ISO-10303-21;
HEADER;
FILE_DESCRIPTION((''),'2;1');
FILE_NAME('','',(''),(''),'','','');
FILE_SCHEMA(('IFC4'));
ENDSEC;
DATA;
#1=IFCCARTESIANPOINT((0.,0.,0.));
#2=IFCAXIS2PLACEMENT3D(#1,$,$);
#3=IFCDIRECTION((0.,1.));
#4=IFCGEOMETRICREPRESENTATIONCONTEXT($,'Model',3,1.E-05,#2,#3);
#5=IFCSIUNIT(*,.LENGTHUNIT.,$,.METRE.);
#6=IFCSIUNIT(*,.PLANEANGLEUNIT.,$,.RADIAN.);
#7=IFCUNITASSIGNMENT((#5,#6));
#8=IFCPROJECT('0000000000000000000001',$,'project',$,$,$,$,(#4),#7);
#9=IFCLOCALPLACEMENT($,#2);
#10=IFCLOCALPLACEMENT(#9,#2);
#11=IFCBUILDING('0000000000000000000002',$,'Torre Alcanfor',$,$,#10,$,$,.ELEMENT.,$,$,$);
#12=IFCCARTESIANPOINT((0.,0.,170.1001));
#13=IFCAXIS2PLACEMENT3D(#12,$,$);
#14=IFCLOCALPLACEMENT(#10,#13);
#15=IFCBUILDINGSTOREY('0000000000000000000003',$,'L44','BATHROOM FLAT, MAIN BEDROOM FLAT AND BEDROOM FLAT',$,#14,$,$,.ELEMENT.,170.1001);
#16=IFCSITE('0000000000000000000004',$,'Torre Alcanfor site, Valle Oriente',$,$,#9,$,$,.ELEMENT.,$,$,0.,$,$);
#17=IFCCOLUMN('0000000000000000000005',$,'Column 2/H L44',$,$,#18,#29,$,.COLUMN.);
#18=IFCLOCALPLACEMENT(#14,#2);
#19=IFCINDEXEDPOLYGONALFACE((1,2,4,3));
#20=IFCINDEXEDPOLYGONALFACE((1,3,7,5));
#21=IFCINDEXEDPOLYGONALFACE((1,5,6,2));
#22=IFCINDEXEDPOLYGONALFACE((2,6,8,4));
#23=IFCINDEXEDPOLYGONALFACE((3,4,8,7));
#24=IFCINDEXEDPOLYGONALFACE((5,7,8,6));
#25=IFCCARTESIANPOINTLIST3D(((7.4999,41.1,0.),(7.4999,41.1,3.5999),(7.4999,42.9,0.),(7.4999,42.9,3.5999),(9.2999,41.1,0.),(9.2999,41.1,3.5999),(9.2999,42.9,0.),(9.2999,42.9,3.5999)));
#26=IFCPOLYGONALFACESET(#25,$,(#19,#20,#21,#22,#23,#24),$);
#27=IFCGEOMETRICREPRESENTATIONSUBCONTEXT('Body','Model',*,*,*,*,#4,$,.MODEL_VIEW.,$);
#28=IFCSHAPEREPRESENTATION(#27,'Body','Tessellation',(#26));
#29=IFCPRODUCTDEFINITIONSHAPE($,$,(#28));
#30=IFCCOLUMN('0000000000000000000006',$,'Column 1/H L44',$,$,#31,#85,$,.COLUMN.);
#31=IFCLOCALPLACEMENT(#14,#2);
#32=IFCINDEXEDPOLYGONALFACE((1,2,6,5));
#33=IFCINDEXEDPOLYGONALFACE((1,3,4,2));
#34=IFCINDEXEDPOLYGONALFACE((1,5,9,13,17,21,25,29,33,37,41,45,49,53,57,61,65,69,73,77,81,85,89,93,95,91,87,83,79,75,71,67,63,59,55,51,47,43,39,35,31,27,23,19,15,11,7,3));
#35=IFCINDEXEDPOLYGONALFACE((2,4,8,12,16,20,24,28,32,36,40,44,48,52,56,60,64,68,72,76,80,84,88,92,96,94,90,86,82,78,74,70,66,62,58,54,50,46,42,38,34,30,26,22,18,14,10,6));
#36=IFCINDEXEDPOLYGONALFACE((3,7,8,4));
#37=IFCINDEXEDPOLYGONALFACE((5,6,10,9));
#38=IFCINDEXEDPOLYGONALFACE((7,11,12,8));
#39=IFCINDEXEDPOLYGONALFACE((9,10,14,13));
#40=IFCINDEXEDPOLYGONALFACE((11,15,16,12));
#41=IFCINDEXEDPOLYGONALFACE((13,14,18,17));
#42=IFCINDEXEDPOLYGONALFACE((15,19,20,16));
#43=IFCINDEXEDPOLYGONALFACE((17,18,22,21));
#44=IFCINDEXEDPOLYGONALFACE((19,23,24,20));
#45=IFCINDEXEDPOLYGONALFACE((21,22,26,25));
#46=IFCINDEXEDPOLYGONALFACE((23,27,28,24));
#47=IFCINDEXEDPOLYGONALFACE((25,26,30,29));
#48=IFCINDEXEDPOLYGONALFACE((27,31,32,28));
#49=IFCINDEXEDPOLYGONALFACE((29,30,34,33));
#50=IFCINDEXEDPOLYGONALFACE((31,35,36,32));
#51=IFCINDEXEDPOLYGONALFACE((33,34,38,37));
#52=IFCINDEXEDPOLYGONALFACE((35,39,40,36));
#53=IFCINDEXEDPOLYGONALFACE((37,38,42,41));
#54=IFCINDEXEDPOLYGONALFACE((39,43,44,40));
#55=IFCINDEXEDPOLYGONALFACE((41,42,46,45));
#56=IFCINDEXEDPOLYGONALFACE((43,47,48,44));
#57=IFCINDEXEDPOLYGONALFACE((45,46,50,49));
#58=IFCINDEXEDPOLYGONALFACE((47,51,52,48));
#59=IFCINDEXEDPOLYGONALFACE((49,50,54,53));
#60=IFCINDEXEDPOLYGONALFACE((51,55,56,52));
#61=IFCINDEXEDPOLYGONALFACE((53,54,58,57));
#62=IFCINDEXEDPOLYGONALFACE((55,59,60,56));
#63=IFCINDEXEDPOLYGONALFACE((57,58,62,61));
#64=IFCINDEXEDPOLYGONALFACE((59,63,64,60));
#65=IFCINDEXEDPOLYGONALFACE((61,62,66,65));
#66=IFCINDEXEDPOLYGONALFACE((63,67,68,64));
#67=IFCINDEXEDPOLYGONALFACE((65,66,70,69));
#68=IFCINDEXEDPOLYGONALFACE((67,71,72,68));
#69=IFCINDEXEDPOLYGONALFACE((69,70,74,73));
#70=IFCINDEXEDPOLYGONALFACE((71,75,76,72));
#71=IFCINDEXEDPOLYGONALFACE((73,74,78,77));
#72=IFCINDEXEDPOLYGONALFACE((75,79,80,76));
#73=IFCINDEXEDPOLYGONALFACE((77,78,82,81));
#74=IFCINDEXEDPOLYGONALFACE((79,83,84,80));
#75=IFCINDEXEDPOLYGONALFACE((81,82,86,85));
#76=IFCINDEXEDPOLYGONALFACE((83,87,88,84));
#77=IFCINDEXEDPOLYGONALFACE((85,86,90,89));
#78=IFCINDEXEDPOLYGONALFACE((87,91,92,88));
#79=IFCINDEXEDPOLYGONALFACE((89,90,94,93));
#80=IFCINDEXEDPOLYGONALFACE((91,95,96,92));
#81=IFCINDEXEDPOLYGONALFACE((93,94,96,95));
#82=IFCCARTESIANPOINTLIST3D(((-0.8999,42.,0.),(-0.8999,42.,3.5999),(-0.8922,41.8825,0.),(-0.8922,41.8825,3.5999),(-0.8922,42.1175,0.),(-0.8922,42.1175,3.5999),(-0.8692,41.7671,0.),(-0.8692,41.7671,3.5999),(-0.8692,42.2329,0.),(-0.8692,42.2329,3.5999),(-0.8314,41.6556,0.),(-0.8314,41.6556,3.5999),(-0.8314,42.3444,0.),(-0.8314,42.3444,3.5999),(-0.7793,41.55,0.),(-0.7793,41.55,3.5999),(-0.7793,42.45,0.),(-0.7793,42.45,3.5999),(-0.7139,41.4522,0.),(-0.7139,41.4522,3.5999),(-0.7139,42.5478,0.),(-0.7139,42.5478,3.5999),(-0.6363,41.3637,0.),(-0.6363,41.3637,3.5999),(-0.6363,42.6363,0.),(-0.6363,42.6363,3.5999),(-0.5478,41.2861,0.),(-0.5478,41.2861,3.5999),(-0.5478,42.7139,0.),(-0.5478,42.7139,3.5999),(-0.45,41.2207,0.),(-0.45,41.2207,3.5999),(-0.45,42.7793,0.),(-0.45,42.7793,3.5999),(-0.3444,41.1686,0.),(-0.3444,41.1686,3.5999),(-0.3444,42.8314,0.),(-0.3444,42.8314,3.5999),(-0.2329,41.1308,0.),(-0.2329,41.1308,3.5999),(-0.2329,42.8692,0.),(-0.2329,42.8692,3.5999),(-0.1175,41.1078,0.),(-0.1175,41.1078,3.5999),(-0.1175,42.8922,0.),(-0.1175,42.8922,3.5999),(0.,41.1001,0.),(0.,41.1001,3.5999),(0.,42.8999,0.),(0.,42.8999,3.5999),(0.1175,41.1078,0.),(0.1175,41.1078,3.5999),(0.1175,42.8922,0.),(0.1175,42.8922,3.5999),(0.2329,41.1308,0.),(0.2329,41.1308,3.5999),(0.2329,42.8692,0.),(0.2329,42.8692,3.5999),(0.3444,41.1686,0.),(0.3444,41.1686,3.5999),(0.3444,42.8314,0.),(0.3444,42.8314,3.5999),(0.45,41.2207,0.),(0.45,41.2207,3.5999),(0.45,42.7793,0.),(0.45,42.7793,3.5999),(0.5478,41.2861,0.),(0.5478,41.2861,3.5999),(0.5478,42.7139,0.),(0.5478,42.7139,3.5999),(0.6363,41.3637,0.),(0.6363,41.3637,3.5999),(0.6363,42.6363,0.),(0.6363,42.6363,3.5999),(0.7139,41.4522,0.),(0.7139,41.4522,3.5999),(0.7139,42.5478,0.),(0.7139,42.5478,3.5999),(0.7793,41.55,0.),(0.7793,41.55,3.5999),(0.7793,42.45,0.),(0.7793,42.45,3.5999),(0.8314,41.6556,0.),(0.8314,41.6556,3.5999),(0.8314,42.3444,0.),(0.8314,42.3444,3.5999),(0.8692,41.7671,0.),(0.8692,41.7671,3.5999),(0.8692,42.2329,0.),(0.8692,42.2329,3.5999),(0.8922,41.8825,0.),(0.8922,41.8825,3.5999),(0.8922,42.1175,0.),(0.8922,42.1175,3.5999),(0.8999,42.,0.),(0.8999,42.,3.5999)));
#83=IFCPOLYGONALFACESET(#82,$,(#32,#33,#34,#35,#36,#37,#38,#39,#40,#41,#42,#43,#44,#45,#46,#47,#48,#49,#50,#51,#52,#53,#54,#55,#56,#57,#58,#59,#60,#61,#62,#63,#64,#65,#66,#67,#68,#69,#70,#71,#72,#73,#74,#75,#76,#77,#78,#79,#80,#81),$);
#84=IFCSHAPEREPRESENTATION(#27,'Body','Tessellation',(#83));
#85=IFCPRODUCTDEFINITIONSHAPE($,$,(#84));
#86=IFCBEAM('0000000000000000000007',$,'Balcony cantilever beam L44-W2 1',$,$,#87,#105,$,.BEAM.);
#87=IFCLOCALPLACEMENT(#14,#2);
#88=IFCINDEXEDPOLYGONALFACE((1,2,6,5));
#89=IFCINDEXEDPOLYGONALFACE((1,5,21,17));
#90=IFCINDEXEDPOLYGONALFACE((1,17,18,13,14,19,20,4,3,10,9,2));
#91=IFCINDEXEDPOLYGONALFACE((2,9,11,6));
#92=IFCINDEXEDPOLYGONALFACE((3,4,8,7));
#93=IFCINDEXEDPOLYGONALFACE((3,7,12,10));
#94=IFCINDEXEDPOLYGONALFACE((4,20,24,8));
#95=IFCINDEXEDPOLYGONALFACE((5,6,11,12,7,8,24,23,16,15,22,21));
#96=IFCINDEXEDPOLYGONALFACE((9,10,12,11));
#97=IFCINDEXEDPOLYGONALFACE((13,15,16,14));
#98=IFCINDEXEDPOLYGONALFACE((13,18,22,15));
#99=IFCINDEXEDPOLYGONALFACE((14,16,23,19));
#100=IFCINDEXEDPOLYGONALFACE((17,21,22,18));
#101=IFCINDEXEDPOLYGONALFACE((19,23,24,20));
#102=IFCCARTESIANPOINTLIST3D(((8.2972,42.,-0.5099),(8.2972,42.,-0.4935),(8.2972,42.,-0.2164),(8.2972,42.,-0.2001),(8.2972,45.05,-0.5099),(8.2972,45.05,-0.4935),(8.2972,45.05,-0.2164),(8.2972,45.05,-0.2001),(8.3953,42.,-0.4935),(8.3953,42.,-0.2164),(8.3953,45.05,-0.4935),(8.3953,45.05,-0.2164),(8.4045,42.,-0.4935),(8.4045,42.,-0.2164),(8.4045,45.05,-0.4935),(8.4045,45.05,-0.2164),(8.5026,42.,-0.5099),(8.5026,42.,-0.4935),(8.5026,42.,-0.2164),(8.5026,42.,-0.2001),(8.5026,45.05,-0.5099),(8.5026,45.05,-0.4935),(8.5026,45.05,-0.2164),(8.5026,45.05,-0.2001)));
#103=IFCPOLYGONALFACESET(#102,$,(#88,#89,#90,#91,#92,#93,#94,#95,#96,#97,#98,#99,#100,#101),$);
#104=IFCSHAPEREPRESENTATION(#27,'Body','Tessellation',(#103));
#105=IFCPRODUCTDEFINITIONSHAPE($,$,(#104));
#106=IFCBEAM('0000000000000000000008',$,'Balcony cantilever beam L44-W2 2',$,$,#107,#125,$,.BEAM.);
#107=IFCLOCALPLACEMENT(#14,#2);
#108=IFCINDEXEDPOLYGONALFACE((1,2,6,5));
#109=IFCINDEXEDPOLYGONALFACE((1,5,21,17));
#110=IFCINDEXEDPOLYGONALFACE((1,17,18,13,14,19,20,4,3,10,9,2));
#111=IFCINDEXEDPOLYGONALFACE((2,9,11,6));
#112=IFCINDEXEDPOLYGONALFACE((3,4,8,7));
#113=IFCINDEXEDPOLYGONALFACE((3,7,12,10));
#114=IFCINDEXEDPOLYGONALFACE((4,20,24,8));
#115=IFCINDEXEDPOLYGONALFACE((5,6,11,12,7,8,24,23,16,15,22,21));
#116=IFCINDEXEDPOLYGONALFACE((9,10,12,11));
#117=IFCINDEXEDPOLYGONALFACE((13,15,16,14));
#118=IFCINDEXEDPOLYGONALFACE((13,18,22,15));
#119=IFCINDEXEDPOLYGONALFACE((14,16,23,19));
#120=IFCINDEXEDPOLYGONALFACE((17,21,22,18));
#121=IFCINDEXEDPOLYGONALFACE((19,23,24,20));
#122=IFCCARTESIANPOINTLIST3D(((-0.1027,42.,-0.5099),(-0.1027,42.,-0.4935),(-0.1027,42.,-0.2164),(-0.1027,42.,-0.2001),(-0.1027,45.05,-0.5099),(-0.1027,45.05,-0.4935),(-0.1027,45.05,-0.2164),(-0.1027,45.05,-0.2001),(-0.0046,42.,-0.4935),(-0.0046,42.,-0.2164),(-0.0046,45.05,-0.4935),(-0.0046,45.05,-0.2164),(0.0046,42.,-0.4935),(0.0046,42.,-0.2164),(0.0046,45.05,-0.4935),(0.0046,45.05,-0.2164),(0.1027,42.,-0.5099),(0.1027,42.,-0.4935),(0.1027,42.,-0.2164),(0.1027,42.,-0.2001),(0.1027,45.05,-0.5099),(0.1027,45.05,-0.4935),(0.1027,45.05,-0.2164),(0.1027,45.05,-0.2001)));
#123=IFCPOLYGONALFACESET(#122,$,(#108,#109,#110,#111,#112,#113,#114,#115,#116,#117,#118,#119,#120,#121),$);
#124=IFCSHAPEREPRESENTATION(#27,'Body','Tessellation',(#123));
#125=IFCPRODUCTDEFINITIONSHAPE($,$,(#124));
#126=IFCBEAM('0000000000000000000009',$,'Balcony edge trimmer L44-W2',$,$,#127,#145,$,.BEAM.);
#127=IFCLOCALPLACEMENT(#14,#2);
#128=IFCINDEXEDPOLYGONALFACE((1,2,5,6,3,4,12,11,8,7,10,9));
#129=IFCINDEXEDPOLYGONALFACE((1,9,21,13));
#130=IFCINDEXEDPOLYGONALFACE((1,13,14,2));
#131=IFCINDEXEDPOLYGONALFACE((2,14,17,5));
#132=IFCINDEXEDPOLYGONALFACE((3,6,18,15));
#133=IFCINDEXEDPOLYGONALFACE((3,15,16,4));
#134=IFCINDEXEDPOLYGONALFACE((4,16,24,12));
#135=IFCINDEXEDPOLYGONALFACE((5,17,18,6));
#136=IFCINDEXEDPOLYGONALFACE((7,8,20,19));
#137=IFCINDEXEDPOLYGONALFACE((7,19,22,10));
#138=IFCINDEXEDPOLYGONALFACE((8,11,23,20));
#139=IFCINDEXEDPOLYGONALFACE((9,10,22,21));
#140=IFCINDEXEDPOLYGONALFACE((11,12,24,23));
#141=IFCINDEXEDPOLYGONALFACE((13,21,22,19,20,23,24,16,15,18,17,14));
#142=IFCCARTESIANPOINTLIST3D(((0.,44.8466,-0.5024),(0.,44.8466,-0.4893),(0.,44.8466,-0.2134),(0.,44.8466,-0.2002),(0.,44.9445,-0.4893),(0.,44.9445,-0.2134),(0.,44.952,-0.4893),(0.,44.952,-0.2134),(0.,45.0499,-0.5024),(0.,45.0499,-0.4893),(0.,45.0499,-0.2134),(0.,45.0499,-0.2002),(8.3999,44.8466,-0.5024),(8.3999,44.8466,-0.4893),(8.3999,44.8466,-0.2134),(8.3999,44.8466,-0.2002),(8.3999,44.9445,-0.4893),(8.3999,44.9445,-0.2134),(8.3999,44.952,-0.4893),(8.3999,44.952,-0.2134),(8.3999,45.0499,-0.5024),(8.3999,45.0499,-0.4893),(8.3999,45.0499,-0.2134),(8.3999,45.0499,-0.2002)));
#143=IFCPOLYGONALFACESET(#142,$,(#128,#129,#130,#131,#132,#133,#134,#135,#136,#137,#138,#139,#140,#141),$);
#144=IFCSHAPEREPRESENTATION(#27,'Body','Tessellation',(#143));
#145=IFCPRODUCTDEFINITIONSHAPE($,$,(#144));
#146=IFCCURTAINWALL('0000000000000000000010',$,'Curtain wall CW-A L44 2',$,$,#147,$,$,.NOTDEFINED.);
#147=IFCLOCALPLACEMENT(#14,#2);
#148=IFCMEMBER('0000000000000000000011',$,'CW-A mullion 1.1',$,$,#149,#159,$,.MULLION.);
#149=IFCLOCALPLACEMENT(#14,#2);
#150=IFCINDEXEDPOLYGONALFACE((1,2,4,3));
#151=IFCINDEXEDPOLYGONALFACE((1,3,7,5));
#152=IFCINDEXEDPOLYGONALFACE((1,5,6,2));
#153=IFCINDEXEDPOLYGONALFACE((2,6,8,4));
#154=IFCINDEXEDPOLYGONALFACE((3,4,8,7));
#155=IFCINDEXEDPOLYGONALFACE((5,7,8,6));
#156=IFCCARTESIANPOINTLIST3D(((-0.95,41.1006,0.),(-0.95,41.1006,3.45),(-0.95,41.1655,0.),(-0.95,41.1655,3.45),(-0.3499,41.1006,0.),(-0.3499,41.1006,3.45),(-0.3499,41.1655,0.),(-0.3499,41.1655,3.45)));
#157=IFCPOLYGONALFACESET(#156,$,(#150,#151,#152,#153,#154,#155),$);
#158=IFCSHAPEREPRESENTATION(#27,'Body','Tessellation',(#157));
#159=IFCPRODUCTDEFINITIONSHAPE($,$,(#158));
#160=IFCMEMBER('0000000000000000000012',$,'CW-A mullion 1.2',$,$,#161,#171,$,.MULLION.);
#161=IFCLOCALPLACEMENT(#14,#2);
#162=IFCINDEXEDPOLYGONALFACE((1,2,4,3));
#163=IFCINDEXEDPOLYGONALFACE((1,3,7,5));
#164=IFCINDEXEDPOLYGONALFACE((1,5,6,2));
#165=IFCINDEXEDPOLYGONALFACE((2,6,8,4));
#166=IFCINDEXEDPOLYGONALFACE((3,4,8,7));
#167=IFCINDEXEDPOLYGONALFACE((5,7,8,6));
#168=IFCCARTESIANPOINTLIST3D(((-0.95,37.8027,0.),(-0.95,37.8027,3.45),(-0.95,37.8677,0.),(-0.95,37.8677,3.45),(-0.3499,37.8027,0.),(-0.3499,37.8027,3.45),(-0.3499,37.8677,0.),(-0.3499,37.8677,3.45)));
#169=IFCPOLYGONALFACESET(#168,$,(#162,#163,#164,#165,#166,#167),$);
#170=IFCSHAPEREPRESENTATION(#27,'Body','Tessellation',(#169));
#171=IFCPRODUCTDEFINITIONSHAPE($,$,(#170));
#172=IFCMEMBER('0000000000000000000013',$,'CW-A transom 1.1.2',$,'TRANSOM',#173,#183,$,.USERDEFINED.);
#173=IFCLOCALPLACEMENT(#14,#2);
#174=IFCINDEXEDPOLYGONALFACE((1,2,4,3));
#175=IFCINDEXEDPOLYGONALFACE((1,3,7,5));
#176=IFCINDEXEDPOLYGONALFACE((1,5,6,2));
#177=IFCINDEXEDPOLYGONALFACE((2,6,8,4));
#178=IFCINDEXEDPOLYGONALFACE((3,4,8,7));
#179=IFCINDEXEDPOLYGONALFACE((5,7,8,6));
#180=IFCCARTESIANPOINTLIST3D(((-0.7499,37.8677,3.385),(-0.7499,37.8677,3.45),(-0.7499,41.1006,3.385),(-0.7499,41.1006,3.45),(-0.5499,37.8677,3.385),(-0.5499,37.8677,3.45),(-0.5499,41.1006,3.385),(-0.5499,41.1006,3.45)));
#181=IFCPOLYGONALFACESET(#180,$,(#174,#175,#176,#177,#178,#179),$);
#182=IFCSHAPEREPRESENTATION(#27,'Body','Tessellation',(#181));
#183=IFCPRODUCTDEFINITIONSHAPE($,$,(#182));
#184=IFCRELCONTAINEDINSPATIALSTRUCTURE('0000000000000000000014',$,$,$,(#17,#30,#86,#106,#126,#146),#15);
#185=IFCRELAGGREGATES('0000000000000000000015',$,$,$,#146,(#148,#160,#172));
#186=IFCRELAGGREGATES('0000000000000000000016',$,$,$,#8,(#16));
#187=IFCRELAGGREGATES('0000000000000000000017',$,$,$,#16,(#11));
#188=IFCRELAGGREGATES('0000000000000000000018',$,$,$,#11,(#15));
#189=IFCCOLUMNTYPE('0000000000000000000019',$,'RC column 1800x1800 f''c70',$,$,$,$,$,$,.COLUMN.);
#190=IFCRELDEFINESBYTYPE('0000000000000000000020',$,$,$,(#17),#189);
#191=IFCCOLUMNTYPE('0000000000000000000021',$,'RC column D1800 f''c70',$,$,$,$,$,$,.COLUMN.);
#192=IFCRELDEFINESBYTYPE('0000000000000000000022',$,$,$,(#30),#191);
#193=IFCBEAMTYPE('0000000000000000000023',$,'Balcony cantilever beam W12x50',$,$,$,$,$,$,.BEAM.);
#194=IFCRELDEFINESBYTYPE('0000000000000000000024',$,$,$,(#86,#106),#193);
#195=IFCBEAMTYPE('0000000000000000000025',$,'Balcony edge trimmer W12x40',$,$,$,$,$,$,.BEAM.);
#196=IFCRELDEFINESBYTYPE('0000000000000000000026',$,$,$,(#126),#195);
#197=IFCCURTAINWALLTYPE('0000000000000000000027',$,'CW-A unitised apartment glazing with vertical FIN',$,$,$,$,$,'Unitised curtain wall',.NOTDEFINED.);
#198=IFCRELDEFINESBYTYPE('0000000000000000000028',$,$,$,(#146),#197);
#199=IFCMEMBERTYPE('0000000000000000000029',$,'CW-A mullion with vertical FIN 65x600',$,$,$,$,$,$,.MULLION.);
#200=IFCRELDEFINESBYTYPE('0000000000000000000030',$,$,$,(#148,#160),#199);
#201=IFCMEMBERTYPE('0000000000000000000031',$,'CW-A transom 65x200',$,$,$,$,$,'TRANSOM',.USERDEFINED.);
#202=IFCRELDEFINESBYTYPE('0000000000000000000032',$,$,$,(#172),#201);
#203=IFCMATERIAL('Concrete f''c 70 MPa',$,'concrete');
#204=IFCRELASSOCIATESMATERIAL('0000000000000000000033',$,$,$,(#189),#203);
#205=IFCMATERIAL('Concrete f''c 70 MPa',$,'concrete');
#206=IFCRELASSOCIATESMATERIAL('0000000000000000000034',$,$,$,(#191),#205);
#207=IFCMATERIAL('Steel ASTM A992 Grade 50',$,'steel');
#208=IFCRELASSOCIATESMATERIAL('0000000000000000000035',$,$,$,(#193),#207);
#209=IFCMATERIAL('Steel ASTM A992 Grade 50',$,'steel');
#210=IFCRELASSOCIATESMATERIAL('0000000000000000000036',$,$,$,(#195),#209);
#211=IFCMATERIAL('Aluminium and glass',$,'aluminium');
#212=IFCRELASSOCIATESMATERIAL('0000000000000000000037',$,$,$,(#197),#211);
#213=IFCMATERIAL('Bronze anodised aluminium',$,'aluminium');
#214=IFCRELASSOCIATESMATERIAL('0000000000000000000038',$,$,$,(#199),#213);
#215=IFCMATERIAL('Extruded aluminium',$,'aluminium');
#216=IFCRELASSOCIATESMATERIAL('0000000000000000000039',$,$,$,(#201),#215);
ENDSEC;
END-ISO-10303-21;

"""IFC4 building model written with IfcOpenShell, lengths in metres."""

from ifc_helpers import new_model, si_unit, direction, frame, origin, origin_2d, place, context, subcontext, project, spatial, rectangle, circle, i_section, extrude, material, material_profile, profile_set, type_object, element, aggregate, save


model = new_model("IFC4")

# Units and contexts
model_context = context("Model", 3, precision=1e-05, world=origin(), true_north=direction((0.0, 1.0)))
body_context = subcontext(model_context, "Body", "Model", "MODEL_VIEW")
ifc_project = project(units=[si_unit("LENGTHUNIT", "METRE"), si_unit("PLANEANGLEUNIT", "RADIAN")], contexts=[model_context])

# Site, building, storey
site_placement = place(None, origin())
site = spatial("IfcSite", under=ifc_project, at=site_placement, Name="Torre Alcanfor site, Valle Oriente", CompositionType="ELEMENT", RefElevation=0.0)
building_placement = place(site_placement, origin())
building = spatial("IfcBuilding", under=site, at=building_placement, Name="Torre Alcanfor", CompositionType="ELEMENT")
storey_placement = place(building_placement, frame((0.0, 0.0, 170.1001)))
storey = spatial("IfcBuildingStorey", under=building, at=storey_placement, Name="L44", Description="BATHROOM FLAT, MAIN BEDROOM FLAT AND BEDROOM FLAT", CompositionType="ELEMENT", Elevation=170.1001)

# Columns
ifc_material_1 = material(Name="Concrete f'c 70 MPa", Category="concrete")
ifc_material_profile_1 = material_profile(ifc_material_1, rectangle(XDim=1.8, YDim=1.8, at=origin_2d()), Name="1800x1800")
ifc_profile_set_1 = profile_set([ifc_material_profile_1], Name="Concrete f'c 70 MPa")
column_type_1 = type_object("IfcColumnType", Name="RC column 1800x1800 f'c70", PredefinedType="COLUMN", material=ifc_profile_set_1)
column_1_placement = place(storey_placement, frame((8.3999, 42.0, 0.0), z_axis=(0.0, 0.0, 1.0), x_axis=(1.0, 0.0, 0.0)))
element("IfcColumn", 1, at=column_1_placement, inside=storey, type_object=column_type_1, Name="Column 2/H L44", PredefinedType="COLUMN", context=body_context, shape_type="SweptSolid", body=[
    extrude(rectangle(XDim=1.8, YDim=1.8, at=origin_2d()), origin(), (0.0, 0.0, 1.0), 3.5999),
])
ifc_material_2 = material(Name="Concrete f'c 70 MPa", Category="concrete")
ifc_material_profile_2 = material_profile(ifc_material_2, circle(Radius=0.8999, at=origin_2d()), Name="D1800")
ifc_profile_set_2 = profile_set([ifc_material_profile_2], Name="Concrete f'c 70 MPa")
column_type_2 = type_object("IfcColumnType", Name="RC column D1800 f'c70", PredefinedType="COLUMN", material=ifc_profile_set_2)
column_2_placement = place(storey_placement, frame((0.0, 42.0, 0.0), z_axis=(0.0, 0.0, 1.0), x_axis=(1.0, 0.0, 0.0)))
element("IfcColumn", 2, at=column_2_placement, inside=storey, type_object=column_type_2, Name="Column 1/H L44", PredefinedType="COLUMN", context=body_context, shape_type="SweptSolid", body=[
    extrude(circle(Radius=0.8999, at=origin_2d()), origin(), (0.0, 0.0, 1.0), 3.5999),
])

# Beams
ifc_material_3 = material(Name="Steel ASTM A992 Grade 50", Category="steel")
ifc_material_profile_3 = material_profile(ifc_material_3, i_section(OverallWidth=0.2053, OverallDepth=0.3098, WebThickness=0.0093, FlangeThickness=0.0164, at=origin_2d()), Name="W12x50")
ifc_profile_set_3 = profile_set([ifc_material_profile_3], Name="Steel ASTM A992 Grade 50")
beam_type_1 = type_object("IfcBeamType", Name="Balcony cantilever beam W12x50", PredefinedType="BEAM", material=ifc_profile_set_3)
for number, where, z_axis, x_axis, name in (
    (3, (8.3999, 42.0, -0.355), (0.0, 1.0, 0.0), (-1.0, 0.0, 0.0), "Balcony cantilever beam L44-W2 1"),
    (4, (0.0, 42.0, -0.355), (0.0, 1.0, 0.0), (-1.0, 0.0, 0.0), "Balcony cantilever beam L44-W2 2"),
):
    element("IfcBeam", number, at=place(storey_placement, frame(where, z_axis=z_axis, x_axis=x_axis)), inside=storey, type_object=beam_type_1, Name=name, PredefinedType="BEAM", context=body_context, shape_type="SweptSolid", body=[
        extrude(i_section(OverallWidth=0.2053, OverallDepth=0.3098, WebThickness=0.0093, FlangeThickness=0.0164, at=origin_2d()), origin(), (0.0, 0.0, 1.0), 3.05),
    ])
ifc_material_4 = material(Name="Steel ASTM A992 Grade 50", Category="steel")
ifc_material_profile_4 = material_profile(ifc_material_4, i_section(OverallWidth=0.2034, OverallDepth=0.3022, WebThickness=0.0076, FlangeThickness=0.0132, at=origin_2d()), Name="W12x40")
ifc_profile_set_4 = profile_set([ifc_material_profile_4], Name="Steel ASTM A992 Grade 50")
beam_type_2 = type_object("IfcBeamType", Name="Balcony edge trimmer W12x40", PredefinedType="BEAM", material=ifc_profile_set_4)
beam_1_placement = place(storey_placement, frame((8.3999, 44.9482, -0.3513), z_axis=(-1.0, 0.0, 0.0), x_axis=(0.0, -1.0, 0.0)))
element("IfcBeam", 5, at=beam_1_placement, inside=storey, type_object=beam_type_2, Name="Balcony edge trimmer L44-W2", PredefinedType="BEAM", context=body_context, shape_type="SweptSolid", body=[
    extrude(i_section(OverallWidth=0.2034, OverallDepth=0.3022, WebThickness=0.0076, FlangeThickness=0.0132, at=origin_2d()), origin(), (0.0, 0.0, 1.0), 8.3999),
])

# Curtain wall, members
ifc_material_5 = material(Name="Aluminium and glass", Category="aluminium")
curtain_wall_type = type_object("IfcCurtainWallType", Name="CW-A unitised apartment glazing with vertical FIN", ElementType="Unitised curtain wall", PredefinedType="NOTDEFINED", material=ifc_material_5)
curtain_wall_placement = place(storey_placement, origin())
curtain_wall = element("IfcCurtainWall", 6, at=curtain_wall_placement, inside=storey, type_object=curtain_wall_type, Name="Curtain wall CW-A L44 2", PredefinedType="NOTDEFINED")
ifc_material_6 = material(Name="Bronze anodised aluminium", Category="aluminium")
ifc_material_profile_5 = material_profile(ifc_material_6, rectangle(XDim=0.6001, YDim=0.0649, at=origin_2d()), Name="CW-A mullion 65x600")
ifc_profile_set_5 = profile_set([ifc_material_profile_5], Name="Bronze anodised aluminium")
member_type_1 = type_object("IfcMemberType", Name="CW-A mullion with vertical FIN 65x600", PredefinedType="MULLION", material=ifc_profile_set_5)
member_1_placement = place(storey_placement, frame((-0.6499, 41.1331, 0.0), z_axis=(0.0, 0.0, 1.0), x_axis=(1.0, 0.0, 0.0)))
member_1 = element("IfcMember", 7, at=member_1_placement, type_object=member_type_1, Name="CW-A mullion 1.1", PredefinedType="MULLION", context=body_context, shape_type="SweptSolid", body=[
    extrude(rectangle(XDim=0.6001, YDim=0.0649, at=origin_2d()), origin(), (0.0, 0.0, 1.0), 3.45),
])
member_2_placement = place(storey_placement, frame((-0.6499, 37.8352, 0.0), z_axis=(0.0, 0.0, 1.0), x_axis=(1.0, 0.0, 0.0)))
member_2 = element("IfcMember", 8, at=member_2_placement, type_object=member_type_1, Name="CW-A mullion 1.2", PredefinedType="MULLION", context=body_context, shape_type="SweptSolid", body=[
    extrude(rectangle(XDim=0.6001, YDim=0.0649, at=origin_2d()), origin(), (0.0, 0.0, 1.0), 3.45),
])
ifc_material_7 = material(Name="Extruded aluminium", Category="aluminium")
ifc_material_profile_6 = material_profile(ifc_material_7, rectangle(XDim=0.2, YDim=0.0649, at=origin_2d()), Name="CW-A transom 200x65")
ifc_profile_set_6 = profile_set([ifc_material_profile_6], Name="Extruded aluminium")
member_type_2 = type_object("IfcMemberType", Name="CW-A transom 65x200", ElementType="TRANSOM", PredefinedType="USERDEFINED", material=ifc_profile_set_6)
member_3_placement = place(storey_placement, frame((-0.6499, 41.1006, 3.4175), z_axis=(0.0, -1.0, 0.0), x_axis=(1.0, 0.0, 0.0)))
member_3 = element("IfcMember", 9, at=member_3_placement, type_object=member_type_2, Name="CW-A transom 1.1.2", ObjectType="TRANSOM", PredefinedType="USERDEFINED", context=body_context, shape_type="SweptSolid", body=[
    extrude(rectangle(XDim=0.2, YDim=0.0649, at=origin_2d()), origin(), (0.0, 0.0, 1.0), 3.2329),
])

aggregate(curtain_wall, [member_1, member_2, member_3])

save(model, "model.ifc")
